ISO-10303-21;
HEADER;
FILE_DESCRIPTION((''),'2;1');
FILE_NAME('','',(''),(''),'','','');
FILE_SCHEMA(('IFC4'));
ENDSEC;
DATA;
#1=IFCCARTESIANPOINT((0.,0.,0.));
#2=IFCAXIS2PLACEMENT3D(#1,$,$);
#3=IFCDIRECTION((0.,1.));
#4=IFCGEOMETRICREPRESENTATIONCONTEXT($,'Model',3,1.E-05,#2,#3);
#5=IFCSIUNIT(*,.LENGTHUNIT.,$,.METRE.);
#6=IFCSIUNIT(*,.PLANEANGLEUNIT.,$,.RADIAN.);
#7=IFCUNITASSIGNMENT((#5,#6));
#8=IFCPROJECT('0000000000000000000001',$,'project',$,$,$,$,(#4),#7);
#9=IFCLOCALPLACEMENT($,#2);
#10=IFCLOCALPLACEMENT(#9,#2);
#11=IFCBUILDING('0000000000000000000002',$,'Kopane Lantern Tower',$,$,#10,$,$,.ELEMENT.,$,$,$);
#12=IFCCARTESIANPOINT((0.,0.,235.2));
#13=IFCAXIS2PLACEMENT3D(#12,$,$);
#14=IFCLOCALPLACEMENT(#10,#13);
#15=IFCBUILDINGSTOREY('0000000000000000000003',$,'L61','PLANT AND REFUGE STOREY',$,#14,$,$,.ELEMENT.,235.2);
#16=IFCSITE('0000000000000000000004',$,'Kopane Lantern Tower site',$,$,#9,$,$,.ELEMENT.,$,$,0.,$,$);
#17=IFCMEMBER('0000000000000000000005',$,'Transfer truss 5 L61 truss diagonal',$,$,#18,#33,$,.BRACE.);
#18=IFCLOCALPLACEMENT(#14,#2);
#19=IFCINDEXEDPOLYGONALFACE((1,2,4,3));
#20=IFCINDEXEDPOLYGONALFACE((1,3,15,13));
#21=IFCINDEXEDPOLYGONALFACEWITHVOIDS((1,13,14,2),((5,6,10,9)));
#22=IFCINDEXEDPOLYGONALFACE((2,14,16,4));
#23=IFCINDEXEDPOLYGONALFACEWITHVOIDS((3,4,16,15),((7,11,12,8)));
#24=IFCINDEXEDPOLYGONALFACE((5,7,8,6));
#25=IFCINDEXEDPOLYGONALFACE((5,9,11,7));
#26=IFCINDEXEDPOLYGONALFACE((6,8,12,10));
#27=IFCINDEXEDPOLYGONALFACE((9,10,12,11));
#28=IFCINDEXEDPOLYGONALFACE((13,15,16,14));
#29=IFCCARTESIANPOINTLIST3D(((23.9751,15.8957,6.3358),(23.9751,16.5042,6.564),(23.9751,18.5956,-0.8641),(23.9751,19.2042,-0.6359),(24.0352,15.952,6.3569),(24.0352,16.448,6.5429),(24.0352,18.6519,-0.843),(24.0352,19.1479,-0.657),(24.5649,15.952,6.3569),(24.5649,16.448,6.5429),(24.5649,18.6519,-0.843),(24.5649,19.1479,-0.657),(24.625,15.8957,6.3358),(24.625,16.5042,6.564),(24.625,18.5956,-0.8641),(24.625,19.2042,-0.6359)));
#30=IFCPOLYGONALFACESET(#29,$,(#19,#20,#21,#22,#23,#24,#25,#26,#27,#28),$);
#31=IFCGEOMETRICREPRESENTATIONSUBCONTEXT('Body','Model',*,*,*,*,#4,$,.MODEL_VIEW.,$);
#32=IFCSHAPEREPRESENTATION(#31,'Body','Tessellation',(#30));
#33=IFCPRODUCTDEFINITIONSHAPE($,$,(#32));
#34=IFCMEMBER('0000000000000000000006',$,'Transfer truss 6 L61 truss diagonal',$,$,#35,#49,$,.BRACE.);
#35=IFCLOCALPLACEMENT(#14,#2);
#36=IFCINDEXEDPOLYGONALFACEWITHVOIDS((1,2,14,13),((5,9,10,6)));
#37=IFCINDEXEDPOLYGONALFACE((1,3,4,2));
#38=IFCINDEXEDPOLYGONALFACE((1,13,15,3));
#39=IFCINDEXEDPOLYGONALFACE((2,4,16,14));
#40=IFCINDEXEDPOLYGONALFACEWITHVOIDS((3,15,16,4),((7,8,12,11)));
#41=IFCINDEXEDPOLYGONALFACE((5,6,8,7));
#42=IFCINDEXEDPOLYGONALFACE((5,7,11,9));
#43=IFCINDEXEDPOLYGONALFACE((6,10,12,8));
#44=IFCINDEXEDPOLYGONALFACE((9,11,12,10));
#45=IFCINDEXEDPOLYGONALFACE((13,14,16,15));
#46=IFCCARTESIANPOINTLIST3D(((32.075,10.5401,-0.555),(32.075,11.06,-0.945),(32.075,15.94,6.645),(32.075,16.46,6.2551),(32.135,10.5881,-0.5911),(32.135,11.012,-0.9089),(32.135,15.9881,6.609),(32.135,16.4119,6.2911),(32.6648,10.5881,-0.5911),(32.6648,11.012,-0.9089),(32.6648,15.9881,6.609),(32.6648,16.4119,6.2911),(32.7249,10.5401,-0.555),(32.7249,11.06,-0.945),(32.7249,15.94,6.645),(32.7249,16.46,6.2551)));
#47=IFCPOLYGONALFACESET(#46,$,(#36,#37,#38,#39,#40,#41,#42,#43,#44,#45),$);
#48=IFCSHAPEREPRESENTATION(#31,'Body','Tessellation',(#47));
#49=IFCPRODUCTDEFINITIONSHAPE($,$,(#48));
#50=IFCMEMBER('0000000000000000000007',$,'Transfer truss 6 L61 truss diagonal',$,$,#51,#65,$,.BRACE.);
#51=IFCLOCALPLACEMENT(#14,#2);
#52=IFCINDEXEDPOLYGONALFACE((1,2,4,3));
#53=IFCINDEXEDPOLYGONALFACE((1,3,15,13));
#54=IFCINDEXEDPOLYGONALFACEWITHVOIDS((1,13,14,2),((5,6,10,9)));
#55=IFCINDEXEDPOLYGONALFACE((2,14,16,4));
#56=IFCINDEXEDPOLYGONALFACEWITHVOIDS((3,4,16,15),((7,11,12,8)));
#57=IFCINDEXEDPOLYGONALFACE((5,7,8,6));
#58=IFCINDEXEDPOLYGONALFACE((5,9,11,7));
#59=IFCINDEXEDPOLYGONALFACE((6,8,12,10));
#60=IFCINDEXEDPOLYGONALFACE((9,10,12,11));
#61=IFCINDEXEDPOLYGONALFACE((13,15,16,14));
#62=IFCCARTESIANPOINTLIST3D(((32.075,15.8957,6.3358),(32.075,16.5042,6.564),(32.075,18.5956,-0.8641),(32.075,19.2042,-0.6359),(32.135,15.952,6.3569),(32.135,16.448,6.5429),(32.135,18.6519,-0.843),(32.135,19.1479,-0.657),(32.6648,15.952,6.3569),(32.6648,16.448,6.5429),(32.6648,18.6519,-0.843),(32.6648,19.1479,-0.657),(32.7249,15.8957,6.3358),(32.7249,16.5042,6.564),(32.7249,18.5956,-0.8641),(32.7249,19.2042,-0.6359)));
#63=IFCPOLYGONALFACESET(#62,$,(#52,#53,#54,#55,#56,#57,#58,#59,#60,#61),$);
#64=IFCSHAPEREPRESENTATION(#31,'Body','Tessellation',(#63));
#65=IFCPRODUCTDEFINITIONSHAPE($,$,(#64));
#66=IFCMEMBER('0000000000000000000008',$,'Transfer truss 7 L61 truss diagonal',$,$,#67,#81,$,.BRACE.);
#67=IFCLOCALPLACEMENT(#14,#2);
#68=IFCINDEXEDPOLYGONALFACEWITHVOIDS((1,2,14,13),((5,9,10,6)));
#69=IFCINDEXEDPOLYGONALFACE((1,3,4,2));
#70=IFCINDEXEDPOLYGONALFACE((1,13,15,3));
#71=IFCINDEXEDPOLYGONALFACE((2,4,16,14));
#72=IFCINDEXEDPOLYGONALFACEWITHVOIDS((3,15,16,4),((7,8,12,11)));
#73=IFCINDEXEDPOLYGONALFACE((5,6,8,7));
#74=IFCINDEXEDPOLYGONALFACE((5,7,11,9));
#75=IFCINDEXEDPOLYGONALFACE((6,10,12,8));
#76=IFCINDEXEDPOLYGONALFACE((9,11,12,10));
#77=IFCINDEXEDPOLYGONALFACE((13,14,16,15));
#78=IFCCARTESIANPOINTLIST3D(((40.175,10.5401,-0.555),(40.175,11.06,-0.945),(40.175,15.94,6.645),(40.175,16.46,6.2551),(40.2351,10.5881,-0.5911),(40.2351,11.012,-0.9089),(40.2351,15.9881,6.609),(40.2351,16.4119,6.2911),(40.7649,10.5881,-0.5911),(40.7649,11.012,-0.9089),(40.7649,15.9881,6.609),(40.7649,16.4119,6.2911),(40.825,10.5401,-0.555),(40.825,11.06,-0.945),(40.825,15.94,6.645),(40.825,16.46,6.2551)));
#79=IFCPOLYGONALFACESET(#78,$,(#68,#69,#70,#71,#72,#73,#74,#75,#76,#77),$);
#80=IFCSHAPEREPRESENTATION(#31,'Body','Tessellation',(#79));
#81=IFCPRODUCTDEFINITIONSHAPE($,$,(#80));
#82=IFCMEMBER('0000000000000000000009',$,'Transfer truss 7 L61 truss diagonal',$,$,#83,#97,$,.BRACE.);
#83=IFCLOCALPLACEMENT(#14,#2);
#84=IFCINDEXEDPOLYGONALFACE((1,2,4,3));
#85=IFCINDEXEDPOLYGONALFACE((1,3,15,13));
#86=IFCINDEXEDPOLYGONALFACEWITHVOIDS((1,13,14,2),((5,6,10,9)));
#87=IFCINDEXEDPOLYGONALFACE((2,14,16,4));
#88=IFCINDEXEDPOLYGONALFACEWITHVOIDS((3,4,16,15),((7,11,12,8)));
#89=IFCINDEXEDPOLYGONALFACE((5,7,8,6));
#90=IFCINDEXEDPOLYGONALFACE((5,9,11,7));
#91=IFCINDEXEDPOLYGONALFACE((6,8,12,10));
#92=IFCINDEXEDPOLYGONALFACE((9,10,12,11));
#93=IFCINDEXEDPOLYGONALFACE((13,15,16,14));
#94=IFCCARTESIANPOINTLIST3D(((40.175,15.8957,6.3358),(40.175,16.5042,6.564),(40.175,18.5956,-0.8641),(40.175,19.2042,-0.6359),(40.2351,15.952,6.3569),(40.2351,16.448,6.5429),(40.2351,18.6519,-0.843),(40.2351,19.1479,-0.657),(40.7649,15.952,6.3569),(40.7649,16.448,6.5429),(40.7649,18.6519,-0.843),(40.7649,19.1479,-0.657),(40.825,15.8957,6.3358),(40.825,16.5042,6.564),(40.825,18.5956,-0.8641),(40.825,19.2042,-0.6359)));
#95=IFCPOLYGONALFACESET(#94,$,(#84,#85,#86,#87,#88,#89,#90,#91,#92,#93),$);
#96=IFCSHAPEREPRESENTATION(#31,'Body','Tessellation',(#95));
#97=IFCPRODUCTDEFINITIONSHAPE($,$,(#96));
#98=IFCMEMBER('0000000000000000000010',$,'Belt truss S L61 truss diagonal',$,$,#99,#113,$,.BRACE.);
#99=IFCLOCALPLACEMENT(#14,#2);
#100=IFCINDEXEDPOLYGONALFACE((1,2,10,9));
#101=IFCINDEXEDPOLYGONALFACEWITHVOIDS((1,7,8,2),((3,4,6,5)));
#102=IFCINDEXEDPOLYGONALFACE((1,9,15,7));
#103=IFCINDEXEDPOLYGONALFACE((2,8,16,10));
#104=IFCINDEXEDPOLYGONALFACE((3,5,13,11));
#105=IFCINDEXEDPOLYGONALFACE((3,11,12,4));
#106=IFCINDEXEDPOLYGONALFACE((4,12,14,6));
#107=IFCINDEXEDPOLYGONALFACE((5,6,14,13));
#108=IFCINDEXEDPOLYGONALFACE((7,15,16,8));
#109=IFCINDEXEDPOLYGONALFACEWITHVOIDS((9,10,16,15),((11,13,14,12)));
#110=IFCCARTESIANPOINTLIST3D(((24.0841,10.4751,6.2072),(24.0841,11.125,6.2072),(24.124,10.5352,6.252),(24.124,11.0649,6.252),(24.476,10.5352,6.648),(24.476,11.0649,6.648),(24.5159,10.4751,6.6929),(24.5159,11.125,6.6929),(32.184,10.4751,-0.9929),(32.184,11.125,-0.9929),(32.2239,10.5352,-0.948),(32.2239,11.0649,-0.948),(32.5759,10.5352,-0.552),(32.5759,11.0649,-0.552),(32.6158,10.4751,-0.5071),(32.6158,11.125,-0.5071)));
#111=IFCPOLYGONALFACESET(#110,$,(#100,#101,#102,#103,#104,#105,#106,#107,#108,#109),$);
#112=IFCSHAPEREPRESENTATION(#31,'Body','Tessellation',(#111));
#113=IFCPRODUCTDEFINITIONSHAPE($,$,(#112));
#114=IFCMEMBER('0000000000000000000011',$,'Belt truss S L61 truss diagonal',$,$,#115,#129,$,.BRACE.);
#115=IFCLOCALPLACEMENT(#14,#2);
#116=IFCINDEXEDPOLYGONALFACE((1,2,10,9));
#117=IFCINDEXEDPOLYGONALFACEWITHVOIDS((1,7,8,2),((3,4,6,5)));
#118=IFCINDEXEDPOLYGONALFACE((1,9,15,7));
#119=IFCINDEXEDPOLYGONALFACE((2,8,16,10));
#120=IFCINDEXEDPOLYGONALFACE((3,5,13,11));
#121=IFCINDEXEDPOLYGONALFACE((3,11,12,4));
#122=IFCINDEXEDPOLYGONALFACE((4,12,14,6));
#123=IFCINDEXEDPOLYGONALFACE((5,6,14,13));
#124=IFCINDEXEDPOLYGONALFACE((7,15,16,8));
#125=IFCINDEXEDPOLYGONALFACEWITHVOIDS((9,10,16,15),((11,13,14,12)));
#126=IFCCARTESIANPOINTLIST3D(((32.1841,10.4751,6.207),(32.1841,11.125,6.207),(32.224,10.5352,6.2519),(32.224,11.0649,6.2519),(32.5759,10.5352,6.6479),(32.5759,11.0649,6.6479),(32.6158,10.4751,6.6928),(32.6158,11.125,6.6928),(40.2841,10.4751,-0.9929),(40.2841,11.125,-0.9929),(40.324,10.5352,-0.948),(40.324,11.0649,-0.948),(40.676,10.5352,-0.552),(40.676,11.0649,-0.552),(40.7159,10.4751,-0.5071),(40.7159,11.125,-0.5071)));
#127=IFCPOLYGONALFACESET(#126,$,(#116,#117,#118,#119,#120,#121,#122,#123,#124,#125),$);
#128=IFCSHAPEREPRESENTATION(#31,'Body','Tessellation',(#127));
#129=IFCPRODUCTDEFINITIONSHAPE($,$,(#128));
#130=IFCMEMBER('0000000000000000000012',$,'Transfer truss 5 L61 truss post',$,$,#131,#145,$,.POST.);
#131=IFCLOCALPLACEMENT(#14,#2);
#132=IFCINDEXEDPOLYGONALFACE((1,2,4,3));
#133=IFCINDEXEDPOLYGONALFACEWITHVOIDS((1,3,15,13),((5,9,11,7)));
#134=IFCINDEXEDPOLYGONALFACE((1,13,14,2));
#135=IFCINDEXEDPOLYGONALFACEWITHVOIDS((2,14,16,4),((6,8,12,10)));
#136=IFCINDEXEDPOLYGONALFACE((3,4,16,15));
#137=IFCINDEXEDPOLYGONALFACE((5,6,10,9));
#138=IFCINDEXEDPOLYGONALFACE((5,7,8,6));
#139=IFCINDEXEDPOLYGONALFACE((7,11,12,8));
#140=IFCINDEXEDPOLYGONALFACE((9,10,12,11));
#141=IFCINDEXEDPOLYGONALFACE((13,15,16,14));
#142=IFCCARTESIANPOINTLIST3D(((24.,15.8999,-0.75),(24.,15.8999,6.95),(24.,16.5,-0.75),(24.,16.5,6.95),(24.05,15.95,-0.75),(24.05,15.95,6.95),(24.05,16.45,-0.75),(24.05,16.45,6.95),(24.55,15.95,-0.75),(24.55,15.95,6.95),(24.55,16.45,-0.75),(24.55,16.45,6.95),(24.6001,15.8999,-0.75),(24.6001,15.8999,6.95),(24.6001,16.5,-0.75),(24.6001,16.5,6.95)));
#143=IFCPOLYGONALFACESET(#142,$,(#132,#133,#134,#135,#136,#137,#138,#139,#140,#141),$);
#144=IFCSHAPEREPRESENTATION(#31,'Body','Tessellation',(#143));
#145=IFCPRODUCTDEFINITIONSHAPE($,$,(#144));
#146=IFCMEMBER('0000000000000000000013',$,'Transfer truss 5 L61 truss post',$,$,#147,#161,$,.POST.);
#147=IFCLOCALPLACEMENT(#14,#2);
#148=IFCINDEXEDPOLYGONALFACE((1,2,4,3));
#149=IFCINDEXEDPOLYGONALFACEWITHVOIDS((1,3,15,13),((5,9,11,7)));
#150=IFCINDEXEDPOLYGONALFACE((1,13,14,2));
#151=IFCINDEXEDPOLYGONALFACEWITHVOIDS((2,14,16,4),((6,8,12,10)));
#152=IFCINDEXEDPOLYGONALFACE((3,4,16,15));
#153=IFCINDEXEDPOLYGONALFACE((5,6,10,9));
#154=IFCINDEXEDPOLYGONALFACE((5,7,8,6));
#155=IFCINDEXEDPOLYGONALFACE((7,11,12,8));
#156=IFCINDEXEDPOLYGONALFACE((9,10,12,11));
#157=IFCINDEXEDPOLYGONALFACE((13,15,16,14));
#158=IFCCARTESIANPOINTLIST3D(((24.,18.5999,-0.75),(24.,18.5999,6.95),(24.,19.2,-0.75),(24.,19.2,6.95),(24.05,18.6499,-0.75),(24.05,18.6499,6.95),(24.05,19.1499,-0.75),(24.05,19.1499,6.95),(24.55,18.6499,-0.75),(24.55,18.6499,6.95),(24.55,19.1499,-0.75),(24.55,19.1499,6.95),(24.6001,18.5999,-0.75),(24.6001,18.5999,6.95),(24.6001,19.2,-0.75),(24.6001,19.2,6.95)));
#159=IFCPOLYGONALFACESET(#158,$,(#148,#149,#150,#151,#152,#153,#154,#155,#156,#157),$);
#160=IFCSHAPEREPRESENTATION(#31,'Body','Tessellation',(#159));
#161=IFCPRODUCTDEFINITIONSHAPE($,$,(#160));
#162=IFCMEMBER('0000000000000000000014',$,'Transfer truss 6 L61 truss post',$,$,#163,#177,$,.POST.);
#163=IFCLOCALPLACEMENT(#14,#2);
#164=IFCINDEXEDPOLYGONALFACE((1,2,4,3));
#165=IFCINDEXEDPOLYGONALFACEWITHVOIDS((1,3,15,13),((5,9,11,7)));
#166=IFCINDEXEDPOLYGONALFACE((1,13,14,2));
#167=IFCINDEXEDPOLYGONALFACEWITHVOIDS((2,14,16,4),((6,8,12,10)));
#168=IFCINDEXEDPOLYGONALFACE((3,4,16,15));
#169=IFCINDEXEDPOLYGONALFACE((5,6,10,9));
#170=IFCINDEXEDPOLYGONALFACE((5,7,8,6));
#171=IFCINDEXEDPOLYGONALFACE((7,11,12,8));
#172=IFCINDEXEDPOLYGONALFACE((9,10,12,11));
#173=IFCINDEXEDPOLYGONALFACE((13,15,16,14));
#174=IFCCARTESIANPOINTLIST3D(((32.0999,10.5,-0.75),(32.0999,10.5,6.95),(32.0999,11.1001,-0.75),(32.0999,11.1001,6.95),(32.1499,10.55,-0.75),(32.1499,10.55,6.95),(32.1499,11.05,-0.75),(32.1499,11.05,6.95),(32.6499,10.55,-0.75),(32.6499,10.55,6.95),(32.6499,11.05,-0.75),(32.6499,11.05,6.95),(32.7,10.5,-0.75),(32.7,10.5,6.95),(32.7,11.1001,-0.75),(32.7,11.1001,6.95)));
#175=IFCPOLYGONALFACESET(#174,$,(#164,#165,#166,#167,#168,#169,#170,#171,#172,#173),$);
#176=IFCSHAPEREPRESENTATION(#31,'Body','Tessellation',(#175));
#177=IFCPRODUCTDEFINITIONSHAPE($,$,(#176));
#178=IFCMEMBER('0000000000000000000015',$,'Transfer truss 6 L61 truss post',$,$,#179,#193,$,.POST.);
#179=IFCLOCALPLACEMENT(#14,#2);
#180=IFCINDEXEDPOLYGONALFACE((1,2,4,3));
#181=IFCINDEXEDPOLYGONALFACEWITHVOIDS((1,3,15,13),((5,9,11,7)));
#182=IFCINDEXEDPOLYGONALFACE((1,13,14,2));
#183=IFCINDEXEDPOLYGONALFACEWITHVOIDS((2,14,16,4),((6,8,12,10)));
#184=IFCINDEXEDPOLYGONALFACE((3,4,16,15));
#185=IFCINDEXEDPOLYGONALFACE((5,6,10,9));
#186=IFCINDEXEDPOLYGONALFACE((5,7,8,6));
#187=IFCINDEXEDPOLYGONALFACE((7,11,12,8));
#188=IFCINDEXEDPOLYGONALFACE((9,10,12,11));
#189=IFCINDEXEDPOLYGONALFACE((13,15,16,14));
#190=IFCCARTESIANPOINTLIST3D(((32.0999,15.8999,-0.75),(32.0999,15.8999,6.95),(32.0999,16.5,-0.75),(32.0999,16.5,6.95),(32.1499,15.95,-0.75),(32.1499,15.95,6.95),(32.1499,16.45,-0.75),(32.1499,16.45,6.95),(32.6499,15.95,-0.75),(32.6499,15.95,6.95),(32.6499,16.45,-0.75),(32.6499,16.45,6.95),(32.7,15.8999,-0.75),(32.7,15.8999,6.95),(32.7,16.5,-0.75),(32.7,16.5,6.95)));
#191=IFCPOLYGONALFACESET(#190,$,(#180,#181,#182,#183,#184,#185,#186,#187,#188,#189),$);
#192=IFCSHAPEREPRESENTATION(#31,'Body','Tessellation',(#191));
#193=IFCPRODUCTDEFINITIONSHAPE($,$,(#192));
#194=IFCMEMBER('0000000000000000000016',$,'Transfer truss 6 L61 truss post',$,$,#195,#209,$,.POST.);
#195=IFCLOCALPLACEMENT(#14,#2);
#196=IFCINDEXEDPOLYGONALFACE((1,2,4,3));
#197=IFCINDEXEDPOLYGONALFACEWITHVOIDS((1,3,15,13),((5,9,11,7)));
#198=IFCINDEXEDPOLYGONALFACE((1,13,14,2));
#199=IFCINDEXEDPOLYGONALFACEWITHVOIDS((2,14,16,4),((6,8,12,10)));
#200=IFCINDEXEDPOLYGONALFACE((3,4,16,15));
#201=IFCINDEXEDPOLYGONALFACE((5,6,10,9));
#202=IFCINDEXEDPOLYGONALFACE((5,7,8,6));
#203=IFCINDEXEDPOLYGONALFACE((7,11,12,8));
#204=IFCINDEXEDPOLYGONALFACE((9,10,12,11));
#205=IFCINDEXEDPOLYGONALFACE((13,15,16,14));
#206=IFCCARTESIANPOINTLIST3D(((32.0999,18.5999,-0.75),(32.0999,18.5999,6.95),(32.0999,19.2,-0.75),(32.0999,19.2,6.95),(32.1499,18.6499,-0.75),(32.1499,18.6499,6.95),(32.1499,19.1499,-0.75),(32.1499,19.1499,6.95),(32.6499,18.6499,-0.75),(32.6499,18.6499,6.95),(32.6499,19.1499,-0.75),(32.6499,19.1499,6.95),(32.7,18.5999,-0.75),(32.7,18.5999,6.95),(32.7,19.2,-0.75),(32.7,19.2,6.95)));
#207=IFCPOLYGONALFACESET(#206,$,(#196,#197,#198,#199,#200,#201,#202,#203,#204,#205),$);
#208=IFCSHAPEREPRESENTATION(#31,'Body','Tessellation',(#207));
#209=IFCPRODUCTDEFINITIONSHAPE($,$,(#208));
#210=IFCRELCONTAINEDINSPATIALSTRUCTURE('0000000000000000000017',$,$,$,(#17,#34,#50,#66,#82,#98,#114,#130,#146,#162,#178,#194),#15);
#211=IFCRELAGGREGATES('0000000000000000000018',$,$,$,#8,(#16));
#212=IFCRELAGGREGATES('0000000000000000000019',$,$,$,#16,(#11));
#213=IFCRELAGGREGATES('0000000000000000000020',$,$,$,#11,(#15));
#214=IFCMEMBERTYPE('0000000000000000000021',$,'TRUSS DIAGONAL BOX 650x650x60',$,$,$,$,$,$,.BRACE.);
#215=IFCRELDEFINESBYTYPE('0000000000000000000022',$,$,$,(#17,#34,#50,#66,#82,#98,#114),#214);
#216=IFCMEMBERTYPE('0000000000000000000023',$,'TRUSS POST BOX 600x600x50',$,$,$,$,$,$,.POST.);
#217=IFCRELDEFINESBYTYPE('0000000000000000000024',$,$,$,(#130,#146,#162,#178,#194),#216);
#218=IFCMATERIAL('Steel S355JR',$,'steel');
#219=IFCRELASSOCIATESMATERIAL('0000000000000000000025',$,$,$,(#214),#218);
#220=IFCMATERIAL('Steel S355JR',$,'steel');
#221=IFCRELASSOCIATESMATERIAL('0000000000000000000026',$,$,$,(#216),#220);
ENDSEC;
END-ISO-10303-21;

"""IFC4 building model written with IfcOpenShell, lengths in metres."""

from ifc_helpers import new_model, si_unit, direction, frame, origin, origin_2d, place, context, subcontext, project, spatial, hollow_rectangle, extrude, material, material_profile, profile_set, type_object, element, save


model = new_model("IFC4")

# Units and contexts
model_context = context("Model", 3, precision=1e-05, world=origin(), true_north=direction((0.0, 1.0)))
body_context = subcontext(model_context, "Body", "Model", "MODEL_VIEW")
ifc_project = project(units=[si_unit("LENGTHUNIT", "METRE"), si_unit("PLANEANGLEUNIT", "RADIAN")], contexts=[model_context])

# Site, building, storey
site_placement = place(None, origin())
site = spatial("IfcSite", under=ifc_project, at=site_placement, Name="Kopane Lantern Tower site", CompositionType="ELEMENT", RefElevation=0.0)
building_placement = place(site_placement, origin())
building = spatial("IfcBuilding", under=site, at=building_placement, Name="Kopane Lantern Tower", CompositionType="ELEMENT")
storey_placement = place(building_placement, frame((0.0, 0.0, 235.2)))
storey = spatial("IfcBuildingStorey", under=building, at=storey_placement, Name="L61", Description="PLANT AND REFUGE STOREY", CompositionType="ELEMENT", Elevation=235.2)

# Members
ifc_material_1 = material(Name="Steel S355JR", Category="steel")
ifc_material_profile_1 = material_profile(ifc_material_1, hollow_rectangle(XDim=0.6499, YDim=0.6499, WallThickness=0.0601, at=origin_2d()), Name="BOX 650x650x60")
ifc_profile_set_1 = profile_set([ifc_material_profile_1], Name="Steel S355JR")
member_type_1 = type_object("IfcMemberType", Name="TRUSS DIAGONAL BOX 650x650x60", PredefinedType="BRACE", material=ifc_profile_set_1)
member_1_placement = place(storey_placement, frame((24.3, 18.8999, -0.75), z_axis=(0.0, -0.35112, 0.93633), x_axis=(1.0, 0.0, 0.0)))
element("IfcMember", 1, at=member_1_placement, inside=storey, type_object=member_type_1, Name="Transfer truss 5 L61 truss diagonal", PredefinedType="BRACE", context=body_context, shape_type="SweptSolid", body=[
    extrude(hollow_rectangle(XDim=0.6499, YDim=0.6499, WallThickness=0.0601, at=origin_2d()), origin(), (0.0, 0.0, 1.0), 7.6895),
])
member_2_placement = place(storey_placement, frame((32.3999, 10.8, -0.75), z_axis=(0.0, 0.599996, 0.800003), x_axis=(-1.0, 0.0, 0.0)))
element("IfcMember", 2, at=member_2_placement, inside=storey, type_object=member_type_1, Name="Transfer truss 6 L61 truss diagonal", PredefinedType="BRACE", context=body_context, shape_type="SweptSolid", body=[
    extrude(hollow_rectangle(XDim=0.6499, YDim=0.6499, WallThickness=0.0601, at=origin_2d()), origin(), (0.0, 0.0, 1.0), 9.0),
])
member_3_placement = place(storey_placement, frame((32.3999, 18.8999, -0.75), z_axis=(0.0, -0.35112, 0.93633), x_axis=(1.0, 0.0, 0.0)))
element("IfcMember", 3, at=member_3_placement, inside=storey, type_object=member_type_1, Name="Transfer truss 6 L61 truss diagonal", PredefinedType="BRACE", context=body_context, shape_type="SweptSolid", body=[
    extrude(hollow_rectangle(XDim=0.6499, YDim=0.6499, WallThickness=0.0601, at=origin_2d()), origin(), (0.0, 0.0, 1.0), 7.6895),
])
member_4_placement = place(storey_placement, frame((40.5, 10.8, -0.75), z_axis=(0.0, 0.599996, 0.800003), x_axis=(-1.0, 0.0, 0.0)))
element("IfcMember", 4, at=member_4_placement, inside=storey, type_object=member_type_1, Name="Transfer truss 7 L61 truss diagonal", PredefinedType="BRACE", context=body_context, shape_type="SweptSolid", body=[
    extrude(hollow_rectangle(XDim=0.6499, YDim=0.6499, WallThickness=0.0601, at=origin_2d()), origin(), (0.0, 0.0, 1.0), 9.0),
])
member_5_placement = place(storey_placement, frame((40.5, 18.8999, -0.75), z_axis=(0.0, -0.35112, 0.93633), x_axis=(1.0, 0.0, 0.0)))
element("IfcMember", 5, at=member_5_placement, inside=storey, type_object=member_type_1, Name="Transfer truss 7 L61 truss diagonal", PredefinedType="BRACE", context=body_context, shape_type="SweptSolid", body=[
    extrude(hollow_rectangle(XDim=0.6499, YDim=0.6499, WallThickness=0.0601, at=origin_2d()), origin(), (0.0, 0.0, 1.0), 7.6895),
])
for number, where, z_axis, x_axis, name in (
    (6, (32.3999, 10.8, -0.75), (-0.747406, 0.0, 0.664368), (0.0, -1.0, 0.0), "Belt truss S L61 truss diagonal"),
    (7, (40.5, 10.8, -0.75), (-0.747416, 0.0, 0.664357), (0.0, -1.0, 0.0), "Belt truss S L61 truss diagonal"),
):
    element("IfcMember", number, at=place(storey_placement, frame(where, z_axis=z_axis, x_axis=x_axis)), inside=storey, type_object=member_type_1, Name=name, PredefinedType="BRACE", context=body_context, shape_type="SweptSolid", body=[
        extrude(hollow_rectangle(XDim=0.6499, YDim=0.6499, WallThickness=0.0601, at=origin_2d()), origin(), (0.0, 0.0, 1.0), 10.8374),
    ])
ifc_material_2 = material(Name="Steel S355JR", Category="steel")
ifc_material_profile_2 = material_profile(ifc_material_2, hollow_rectangle(XDim=0.6001, YDim=0.6001, WallThickness=0.05, at=origin_2d()), Name="BOX 600x600x50")
ifc_profile_set_2 = profile_set([ifc_material_profile_2], Name="Steel S355JR")
member_type_2 = type_object("IfcMemberType", Name="TRUSS POST BOX 600x600x50", PredefinedType="POST", material=ifc_profile_set_2)
for number, where, z_axis, x_axis, name in (
    (8, (24.3, 16.2, -0.75), (0.0, 0.0, 1.0), (1.0, 0.0, 0.0), "Transfer truss 5 L61 truss post"),
    (9, (24.3, 18.8999, -0.75), (0.0, 0.0, 1.0), (1.0, 0.0, 0.0), "Transfer truss 5 L61 truss post"),
    (10, (32.3999, 10.8, -0.75), (0.0, 0.0, 1.0), (1.0, 0.0, 0.0), "Transfer truss 6 L61 truss post"),
    (11, (32.3999, 16.2, -0.75), (0.0, 0.0, 1.0), (1.0, 0.0, 0.0), "Transfer truss 6 L61 truss post"),
    (12, (32.3999, 18.8999, -0.75), (0.0, 0.0, 1.0), (1.0, 0.0, 0.0), "Transfer truss 6 L61 truss post"),
):
    element("IfcMember", number, at=place(storey_placement, frame(where, z_axis=z_axis, x_axis=x_axis)), inside=storey, type_object=member_type_2, Name=name, PredefinedType="POST", context=body_context, shape_type="SweptSolid", body=[
        extrude(hollow_rectangle(XDim=0.6001, YDim=0.6001, WallThickness=0.05, at=origin_2d()), origin(), (0.0, 0.0, 1.0), 7.7),
    ])

save(model, "model.ifc")
